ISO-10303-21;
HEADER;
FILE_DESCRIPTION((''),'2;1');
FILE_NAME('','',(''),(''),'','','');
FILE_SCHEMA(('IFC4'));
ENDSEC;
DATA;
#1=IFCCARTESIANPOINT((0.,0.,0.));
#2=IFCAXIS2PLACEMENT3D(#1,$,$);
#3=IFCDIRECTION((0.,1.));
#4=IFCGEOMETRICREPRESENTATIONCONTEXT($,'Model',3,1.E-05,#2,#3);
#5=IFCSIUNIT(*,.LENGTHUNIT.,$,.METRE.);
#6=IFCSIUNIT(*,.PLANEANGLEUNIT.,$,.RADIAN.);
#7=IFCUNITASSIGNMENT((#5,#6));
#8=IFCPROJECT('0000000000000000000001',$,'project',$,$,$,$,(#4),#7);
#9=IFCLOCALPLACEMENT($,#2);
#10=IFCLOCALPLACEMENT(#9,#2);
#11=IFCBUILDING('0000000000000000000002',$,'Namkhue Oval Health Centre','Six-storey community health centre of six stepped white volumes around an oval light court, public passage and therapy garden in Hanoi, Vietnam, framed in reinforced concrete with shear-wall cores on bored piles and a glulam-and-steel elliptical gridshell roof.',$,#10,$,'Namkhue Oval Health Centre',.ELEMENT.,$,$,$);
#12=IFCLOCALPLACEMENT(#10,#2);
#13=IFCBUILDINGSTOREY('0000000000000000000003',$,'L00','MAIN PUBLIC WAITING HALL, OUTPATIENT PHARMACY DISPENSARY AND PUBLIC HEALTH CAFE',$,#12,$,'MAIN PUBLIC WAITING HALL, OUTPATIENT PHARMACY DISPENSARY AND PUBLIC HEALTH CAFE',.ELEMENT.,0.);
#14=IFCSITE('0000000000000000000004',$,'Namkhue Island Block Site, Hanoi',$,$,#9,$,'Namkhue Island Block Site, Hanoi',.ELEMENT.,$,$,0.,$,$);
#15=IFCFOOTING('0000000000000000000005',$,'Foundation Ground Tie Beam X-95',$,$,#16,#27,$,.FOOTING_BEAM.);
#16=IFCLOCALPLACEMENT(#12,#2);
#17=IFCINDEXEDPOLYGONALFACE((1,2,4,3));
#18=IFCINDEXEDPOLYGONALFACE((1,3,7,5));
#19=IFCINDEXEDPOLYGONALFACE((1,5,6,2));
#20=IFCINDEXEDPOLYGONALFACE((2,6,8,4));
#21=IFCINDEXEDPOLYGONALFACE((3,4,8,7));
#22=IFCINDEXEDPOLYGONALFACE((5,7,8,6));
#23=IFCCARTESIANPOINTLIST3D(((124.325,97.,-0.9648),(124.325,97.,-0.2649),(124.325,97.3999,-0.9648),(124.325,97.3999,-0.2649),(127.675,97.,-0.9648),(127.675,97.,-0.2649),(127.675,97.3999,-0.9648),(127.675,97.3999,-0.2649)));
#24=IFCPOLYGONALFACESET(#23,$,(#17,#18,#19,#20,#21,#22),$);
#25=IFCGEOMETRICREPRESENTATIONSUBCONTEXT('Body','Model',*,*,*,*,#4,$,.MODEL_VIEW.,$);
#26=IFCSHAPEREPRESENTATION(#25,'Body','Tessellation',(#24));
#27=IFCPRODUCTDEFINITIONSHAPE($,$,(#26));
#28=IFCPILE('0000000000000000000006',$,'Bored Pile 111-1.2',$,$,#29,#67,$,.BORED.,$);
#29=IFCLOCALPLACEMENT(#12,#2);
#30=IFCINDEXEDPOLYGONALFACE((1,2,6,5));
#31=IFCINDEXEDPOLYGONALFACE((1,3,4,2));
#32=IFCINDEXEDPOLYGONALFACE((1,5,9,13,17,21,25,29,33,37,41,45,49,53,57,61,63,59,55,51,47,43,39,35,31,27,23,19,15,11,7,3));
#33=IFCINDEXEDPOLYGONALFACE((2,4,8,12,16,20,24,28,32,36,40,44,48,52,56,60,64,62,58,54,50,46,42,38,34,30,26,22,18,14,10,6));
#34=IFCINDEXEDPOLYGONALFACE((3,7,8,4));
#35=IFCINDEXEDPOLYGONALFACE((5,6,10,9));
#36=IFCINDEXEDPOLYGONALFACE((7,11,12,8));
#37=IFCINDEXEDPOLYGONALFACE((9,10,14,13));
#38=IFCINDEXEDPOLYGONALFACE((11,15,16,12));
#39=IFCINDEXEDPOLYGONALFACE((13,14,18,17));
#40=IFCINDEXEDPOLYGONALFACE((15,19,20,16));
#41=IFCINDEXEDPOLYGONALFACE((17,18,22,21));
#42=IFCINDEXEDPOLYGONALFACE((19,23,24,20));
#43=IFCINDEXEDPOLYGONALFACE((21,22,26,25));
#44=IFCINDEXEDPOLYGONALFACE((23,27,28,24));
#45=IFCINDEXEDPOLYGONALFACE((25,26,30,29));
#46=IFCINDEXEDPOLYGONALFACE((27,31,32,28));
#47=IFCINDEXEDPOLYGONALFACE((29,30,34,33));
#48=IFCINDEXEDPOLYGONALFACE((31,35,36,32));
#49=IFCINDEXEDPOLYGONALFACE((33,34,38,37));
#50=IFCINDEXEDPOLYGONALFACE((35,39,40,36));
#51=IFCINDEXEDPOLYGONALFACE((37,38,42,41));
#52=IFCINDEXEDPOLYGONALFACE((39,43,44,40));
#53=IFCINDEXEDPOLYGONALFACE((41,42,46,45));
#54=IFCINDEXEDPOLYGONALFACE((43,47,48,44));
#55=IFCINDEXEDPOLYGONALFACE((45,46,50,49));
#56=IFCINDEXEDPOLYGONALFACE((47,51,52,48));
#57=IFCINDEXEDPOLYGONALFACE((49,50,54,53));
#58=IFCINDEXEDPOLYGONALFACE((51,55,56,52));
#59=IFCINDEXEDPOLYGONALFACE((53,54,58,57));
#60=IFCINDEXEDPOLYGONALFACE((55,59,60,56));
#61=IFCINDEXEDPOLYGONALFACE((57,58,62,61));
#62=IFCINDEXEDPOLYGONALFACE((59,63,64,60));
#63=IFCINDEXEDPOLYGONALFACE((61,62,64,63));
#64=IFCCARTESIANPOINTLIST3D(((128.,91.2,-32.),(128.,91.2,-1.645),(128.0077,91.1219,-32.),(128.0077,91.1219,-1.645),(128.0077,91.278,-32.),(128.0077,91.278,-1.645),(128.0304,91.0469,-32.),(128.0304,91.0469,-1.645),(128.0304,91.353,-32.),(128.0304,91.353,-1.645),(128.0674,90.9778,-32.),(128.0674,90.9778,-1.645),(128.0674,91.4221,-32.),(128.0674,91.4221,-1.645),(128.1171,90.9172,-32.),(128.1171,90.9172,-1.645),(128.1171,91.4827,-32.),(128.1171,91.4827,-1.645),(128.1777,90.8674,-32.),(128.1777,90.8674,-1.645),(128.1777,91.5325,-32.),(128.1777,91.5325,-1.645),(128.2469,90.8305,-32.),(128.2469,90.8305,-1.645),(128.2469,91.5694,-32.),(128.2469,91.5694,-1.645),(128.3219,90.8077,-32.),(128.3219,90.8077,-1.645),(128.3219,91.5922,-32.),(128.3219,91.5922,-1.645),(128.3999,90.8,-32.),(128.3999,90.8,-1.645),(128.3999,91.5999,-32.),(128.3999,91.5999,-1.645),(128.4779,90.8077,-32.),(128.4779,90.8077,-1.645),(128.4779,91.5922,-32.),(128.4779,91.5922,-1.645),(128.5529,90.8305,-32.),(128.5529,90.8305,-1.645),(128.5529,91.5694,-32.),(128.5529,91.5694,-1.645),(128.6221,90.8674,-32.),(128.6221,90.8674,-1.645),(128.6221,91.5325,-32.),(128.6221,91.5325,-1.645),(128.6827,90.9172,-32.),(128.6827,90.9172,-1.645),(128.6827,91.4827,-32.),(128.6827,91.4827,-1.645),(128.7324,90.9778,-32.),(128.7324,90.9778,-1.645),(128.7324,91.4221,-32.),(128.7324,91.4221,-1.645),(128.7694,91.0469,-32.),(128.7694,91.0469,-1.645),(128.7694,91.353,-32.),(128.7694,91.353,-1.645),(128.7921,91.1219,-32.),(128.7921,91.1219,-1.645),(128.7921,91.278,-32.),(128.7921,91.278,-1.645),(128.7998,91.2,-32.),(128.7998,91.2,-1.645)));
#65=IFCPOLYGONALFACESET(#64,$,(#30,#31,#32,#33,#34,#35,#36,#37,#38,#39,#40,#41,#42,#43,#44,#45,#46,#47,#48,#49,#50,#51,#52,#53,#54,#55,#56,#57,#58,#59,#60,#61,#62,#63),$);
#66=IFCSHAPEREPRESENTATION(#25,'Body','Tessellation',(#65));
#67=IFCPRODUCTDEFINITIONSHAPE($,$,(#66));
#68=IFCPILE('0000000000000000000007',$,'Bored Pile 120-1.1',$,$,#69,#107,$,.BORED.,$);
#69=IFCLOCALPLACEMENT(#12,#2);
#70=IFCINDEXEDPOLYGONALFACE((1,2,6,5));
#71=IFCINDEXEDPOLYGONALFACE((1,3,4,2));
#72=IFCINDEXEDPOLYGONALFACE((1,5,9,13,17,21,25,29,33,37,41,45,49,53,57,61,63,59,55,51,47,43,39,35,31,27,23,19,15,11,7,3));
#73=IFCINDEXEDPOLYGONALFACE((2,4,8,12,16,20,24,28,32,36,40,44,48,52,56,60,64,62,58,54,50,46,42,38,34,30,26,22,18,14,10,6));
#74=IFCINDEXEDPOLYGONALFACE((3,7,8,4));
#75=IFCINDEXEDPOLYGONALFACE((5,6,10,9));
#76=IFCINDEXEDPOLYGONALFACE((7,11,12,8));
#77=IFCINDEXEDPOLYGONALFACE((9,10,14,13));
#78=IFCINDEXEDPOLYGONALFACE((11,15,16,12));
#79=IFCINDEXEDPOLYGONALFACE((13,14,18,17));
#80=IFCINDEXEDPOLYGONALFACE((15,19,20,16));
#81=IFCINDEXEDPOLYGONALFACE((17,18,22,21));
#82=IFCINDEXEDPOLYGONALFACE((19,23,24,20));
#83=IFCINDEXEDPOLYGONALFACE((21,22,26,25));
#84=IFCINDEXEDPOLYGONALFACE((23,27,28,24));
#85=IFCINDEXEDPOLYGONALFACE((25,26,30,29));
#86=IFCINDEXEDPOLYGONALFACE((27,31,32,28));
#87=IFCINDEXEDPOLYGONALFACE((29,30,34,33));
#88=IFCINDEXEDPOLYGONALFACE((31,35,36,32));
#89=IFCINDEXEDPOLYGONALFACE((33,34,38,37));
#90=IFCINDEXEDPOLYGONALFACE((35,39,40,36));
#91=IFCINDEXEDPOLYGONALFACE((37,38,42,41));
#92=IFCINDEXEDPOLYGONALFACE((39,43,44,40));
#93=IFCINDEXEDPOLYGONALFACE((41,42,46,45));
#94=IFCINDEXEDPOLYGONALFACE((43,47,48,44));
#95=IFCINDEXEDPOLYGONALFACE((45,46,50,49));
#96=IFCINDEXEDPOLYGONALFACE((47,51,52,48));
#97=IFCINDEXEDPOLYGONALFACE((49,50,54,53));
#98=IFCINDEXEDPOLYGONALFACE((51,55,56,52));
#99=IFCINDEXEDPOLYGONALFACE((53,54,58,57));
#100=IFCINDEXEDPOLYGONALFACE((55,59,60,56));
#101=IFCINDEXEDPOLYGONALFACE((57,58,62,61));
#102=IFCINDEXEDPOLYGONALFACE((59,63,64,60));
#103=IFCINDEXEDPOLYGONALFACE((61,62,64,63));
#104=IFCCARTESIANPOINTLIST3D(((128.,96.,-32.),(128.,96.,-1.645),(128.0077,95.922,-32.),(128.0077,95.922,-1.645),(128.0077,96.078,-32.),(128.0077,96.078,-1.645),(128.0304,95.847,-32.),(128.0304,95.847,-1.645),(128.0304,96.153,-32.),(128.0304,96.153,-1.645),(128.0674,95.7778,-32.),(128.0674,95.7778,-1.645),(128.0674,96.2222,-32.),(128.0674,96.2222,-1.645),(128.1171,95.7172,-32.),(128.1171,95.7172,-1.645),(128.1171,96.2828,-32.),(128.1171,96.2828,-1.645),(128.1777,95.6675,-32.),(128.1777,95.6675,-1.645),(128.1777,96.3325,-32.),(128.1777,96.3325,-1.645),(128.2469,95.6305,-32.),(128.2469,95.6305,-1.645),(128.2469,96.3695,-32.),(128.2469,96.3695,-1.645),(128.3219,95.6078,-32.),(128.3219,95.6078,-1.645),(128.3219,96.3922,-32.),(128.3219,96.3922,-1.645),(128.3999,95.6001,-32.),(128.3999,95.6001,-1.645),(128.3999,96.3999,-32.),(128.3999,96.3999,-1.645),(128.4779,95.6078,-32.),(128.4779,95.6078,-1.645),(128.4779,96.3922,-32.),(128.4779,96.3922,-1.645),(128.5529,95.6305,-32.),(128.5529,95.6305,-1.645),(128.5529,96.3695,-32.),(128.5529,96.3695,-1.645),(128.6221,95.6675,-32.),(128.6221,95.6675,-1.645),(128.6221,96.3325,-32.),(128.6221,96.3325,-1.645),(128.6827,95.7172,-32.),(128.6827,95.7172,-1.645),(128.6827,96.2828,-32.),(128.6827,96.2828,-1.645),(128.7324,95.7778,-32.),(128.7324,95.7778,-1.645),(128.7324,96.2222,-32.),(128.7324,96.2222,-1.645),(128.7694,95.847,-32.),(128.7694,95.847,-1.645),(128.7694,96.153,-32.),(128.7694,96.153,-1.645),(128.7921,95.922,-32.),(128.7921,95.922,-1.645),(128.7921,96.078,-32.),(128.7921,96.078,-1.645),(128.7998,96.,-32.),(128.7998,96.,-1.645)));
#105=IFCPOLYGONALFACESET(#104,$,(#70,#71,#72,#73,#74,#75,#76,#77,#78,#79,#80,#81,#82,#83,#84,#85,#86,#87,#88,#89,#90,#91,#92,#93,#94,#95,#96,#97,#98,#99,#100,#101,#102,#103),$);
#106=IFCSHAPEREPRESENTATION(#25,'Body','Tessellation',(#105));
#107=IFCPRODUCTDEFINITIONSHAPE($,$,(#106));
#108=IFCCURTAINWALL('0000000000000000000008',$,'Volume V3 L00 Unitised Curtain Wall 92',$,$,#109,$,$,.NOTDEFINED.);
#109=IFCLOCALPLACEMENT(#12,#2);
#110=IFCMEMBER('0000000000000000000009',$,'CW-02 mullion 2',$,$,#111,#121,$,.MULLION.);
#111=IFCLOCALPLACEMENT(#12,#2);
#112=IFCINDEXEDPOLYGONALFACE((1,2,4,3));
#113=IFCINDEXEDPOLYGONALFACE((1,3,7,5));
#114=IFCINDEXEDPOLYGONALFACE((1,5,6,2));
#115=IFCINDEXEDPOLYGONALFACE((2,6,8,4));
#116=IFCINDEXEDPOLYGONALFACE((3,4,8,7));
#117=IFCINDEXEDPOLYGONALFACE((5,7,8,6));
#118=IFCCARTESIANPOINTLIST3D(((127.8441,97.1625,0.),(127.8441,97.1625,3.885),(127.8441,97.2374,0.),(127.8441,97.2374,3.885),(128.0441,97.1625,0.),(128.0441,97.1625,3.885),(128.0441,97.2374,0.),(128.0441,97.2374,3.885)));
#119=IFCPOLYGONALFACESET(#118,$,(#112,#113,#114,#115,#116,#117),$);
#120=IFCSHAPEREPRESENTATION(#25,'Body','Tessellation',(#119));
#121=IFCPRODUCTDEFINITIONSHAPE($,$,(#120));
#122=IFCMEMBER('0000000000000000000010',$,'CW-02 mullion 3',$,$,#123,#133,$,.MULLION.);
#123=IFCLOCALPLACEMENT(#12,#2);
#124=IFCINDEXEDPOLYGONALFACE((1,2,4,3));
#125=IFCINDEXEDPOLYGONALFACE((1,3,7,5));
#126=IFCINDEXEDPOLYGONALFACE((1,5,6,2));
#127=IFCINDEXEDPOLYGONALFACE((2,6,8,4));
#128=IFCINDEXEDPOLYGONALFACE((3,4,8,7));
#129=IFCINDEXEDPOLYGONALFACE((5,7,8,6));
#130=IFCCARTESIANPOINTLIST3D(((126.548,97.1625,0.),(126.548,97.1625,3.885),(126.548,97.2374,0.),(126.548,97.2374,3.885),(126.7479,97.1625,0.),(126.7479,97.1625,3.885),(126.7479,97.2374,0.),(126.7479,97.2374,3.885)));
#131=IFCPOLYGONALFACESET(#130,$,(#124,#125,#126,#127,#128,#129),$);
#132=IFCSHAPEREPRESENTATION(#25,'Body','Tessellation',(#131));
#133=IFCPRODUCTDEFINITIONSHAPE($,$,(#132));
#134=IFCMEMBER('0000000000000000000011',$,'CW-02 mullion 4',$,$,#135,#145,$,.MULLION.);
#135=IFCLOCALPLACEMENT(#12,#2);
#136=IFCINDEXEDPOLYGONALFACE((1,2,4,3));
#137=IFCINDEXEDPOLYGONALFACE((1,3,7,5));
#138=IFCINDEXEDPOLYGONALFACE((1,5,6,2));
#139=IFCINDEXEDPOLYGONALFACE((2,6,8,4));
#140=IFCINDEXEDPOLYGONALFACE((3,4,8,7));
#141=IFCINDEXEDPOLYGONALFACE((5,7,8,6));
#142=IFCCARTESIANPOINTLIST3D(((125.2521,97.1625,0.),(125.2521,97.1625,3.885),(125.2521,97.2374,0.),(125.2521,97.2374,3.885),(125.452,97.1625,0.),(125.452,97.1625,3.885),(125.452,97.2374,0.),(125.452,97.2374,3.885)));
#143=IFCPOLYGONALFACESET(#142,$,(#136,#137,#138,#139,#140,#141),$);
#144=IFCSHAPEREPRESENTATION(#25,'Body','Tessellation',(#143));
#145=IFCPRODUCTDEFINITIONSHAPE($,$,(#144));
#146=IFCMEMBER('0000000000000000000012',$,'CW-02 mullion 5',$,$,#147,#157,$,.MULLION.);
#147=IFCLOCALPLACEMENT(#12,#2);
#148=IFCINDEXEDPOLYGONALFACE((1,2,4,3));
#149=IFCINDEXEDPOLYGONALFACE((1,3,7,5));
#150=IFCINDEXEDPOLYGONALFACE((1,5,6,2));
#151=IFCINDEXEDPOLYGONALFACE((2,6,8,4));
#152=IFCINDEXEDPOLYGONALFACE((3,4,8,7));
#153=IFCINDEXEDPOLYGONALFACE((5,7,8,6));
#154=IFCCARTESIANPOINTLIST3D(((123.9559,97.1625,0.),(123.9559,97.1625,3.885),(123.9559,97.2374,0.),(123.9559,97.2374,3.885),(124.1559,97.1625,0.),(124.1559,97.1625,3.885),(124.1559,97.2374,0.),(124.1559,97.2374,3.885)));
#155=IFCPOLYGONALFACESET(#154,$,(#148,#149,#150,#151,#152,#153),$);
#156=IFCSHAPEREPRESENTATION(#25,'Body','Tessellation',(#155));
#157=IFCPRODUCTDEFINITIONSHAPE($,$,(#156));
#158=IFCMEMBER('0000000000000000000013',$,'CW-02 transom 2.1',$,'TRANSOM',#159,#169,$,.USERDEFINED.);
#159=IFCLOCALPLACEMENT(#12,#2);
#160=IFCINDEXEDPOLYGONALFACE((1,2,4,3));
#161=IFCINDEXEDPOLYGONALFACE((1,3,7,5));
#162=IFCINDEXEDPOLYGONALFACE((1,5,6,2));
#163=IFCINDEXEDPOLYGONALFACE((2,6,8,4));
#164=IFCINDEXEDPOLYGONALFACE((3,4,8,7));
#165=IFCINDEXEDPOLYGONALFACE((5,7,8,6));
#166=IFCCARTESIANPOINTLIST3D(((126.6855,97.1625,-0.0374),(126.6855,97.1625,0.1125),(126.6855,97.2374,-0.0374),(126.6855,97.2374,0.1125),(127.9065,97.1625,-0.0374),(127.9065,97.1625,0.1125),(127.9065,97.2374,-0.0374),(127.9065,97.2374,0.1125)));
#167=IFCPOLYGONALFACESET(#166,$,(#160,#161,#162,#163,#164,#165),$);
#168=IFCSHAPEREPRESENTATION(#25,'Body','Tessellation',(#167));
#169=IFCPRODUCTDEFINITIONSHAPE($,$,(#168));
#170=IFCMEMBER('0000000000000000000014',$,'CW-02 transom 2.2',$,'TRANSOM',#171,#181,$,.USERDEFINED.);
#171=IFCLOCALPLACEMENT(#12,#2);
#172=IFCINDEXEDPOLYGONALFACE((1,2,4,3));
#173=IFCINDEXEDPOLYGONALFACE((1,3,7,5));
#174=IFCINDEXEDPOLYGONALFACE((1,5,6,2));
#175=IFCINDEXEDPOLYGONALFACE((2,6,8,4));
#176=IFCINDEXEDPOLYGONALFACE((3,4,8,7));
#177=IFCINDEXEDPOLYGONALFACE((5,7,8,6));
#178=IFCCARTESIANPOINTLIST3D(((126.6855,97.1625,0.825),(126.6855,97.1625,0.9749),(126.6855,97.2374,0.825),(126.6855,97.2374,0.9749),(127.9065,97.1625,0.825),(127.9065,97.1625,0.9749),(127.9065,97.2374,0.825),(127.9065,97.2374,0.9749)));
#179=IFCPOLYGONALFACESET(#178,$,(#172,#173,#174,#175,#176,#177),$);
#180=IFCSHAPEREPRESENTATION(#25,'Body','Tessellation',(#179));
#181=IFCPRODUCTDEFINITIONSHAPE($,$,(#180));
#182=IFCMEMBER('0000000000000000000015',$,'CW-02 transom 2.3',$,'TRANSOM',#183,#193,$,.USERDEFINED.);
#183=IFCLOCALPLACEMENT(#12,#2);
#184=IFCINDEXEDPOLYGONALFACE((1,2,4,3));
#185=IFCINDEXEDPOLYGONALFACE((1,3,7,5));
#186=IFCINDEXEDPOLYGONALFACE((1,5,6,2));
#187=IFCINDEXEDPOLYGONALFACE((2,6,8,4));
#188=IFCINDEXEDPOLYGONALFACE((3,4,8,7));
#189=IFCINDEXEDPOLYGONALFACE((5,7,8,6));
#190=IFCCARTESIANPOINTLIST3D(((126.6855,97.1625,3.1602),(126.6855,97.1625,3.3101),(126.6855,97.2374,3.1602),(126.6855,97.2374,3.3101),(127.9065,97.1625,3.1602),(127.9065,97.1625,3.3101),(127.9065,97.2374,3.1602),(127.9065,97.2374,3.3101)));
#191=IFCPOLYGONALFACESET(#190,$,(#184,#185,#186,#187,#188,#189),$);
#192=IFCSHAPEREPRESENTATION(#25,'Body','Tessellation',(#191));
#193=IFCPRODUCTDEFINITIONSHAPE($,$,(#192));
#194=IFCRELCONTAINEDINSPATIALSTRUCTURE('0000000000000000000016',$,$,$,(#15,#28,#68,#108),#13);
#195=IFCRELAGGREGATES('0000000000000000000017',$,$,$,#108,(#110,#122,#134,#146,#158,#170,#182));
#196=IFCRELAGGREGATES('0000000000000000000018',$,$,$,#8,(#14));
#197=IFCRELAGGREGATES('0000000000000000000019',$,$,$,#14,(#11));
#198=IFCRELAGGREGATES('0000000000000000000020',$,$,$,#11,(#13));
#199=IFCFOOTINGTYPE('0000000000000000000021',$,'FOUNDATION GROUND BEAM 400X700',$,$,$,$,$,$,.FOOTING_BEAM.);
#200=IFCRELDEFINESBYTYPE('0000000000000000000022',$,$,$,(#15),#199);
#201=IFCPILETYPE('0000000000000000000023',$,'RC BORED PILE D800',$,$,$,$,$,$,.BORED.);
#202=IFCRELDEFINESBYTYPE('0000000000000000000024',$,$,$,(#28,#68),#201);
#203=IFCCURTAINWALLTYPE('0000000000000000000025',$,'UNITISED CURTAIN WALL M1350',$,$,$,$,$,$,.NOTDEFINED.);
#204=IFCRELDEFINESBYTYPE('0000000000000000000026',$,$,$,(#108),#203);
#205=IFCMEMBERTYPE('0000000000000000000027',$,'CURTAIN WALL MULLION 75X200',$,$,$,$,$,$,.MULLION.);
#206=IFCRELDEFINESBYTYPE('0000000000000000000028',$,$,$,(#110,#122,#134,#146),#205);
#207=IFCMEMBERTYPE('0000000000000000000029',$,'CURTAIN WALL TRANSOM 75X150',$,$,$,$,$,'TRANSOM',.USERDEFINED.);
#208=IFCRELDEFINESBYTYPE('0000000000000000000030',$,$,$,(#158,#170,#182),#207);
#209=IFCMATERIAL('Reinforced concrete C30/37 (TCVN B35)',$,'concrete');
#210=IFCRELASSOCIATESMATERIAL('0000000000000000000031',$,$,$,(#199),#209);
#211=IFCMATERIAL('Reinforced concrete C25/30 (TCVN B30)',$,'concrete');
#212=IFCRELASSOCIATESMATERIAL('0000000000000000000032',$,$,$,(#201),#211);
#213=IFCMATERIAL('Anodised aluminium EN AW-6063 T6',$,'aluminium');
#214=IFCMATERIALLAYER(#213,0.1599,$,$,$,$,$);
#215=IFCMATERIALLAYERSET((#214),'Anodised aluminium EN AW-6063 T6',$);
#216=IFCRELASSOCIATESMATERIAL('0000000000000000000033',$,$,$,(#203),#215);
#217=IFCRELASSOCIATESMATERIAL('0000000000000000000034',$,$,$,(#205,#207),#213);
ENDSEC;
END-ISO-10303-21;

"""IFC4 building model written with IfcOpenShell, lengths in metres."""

from ifc_helpers import new_model, si_unit, direction, frame, origin, origin_2d, place, context, subcontext, project, spatial, rectangle, circle, extrude, material, layer, layer_set, material_profile, profile_set, type_object, element, aggregate, save


model = new_model("IFC4")

# Units and contexts
model_context = context("Model", 3, precision=1e-05, world=origin(), true_north=direction((0.0, 1.0)))
body_context = subcontext(model_context, "Body", "Model", "MODEL_VIEW")
ifc_project = project(units=[si_unit("LENGTHUNIT", "METRE"), si_unit("PLANEANGLEUNIT", "RADIAN")], contexts=[model_context])

# Site, building, storey
site_placement = place(None, origin())
site = spatial("IfcSite", under=ifc_project, at=site_placement, Name="Namkhue Island Block Site, Hanoi", LongName="Namkhue Island Block Site, Hanoi", CompositionType="ELEMENT", RefElevation=0.0)
building_placement = place(site_placement, origin())
building = spatial("IfcBuilding", under=site, at=building_placement, Name="Namkhue Oval Health Centre", Description="Six-storey community health centre of six stepped white volumes around an oval light court, public passage and therapy garden in Hanoi, Vietnam, framed in reinforced concrete with shear-wall cores on bored piles and a glulam-and-steel elliptical gridshell roof.", LongName="Namkhue Oval Health Centre", CompositionType="ELEMENT")
storey_placement = place(building_placement, origin())
storey = spatial("IfcBuildingStorey", under=building, at=storey_placement, Name="L00", Description="MAIN PUBLIC WAITING HALL, OUTPATIENT PHARMACY DISPENSARY AND PUBLIC HEALTH CAFE", LongName="MAIN PUBLIC WAITING HALL, OUTPATIENT PHARMACY DISPENSARY AND PUBLIC HEALTH CAFE", CompositionType="ELEMENT", Elevation=0.0)

# Footing
ifc_material_1 = material(Name="Reinforced concrete C30/37 (TCVN B35)", Category="concrete")
footing_type = type_object("IfcFootingType", Name="FOUNDATION GROUND BEAM 400X700", PredefinedType="FOOTING_BEAM", material=ifc_material_1)
footing_placement = place(storey_placement, frame((126.0, 97.2, -0.9648), z_axis=(0.0, 0.0, 1.0), x_axis=(1.0, 0.0, 0.0)))
element("IfcFooting", 1, at=footing_placement, inside=storey, type_object=footing_type, Name="Foundation Ground Tie Beam X-95", PredefinedType="FOOTING_BEAM", context=body_context, shape_type="SweptSolid", body=[
    extrude(rectangle(XDim=3.3501, YDim=0.3999, at=origin_2d()), origin(), (0.0, 0.0, 1.0), 0.7),
])

# Piles
ifc_material_2 = material(Name="Reinforced concrete C25/30 (TCVN B30)", Category="concrete")
ifc_material_profile_1 = material_profile(ifc_material_2, circle(Radius=0.3999, at=origin_2d()), Name="BORED PILE D800")
ifc_profile_set_1 = profile_set([ifc_material_profile_1], Name="Reinforced concrete C25/30 (TCVN B30)")
pile_type = type_object("IfcPileType", Name="RC BORED PILE D800", PredefinedType="BORED", material=ifc_profile_set_1)
for number, where, z_axis, x_axis, name in (
    (2, (128.3999, 91.2, -1.645), (0.0, 0.0, -1.0), (1.0, 0.0, 0.0), "Bored Pile 111-1.2"),
    (3, (128.3999, 96.0, -1.645), (0.0, 0.0, -1.0), (1.0, 0.0, 0.0), "Bored Pile 120-1.1"),
):
    element("IfcPile", number, at=place(storey_placement, frame(where, z_axis=z_axis, x_axis=x_axis)), inside=storey, type_object=pile_type, Name=name, PredefinedType="BORED", context=body_context, shape_type="SweptSolid", body=[
        extrude(circle(Radius=0.3999, at=origin_2d()), origin(), (0.0, 0.0, 1.0), 30.355),
    ])

# Curtain wall, members
ifc_material_3 = material(Name="Anodised aluminium EN AW-6063 T6", Category="aluminium")
ifc_layer_1 = layer(ifc_material_3, 0.1599)
ifc_layer_set_1 = layer_set([ifc_layer_1], Name="Anodised aluminium EN AW-6063 T6")
curtain_wall_type = type_object("IfcCurtainWallType", Name="UNITISED CURTAIN WALL M1350", PredefinedType="NOTDEFINED", material=ifc_layer_set_1)
curtain_wall_placement = place(storey_placement, origin())
curtain_wall = element("IfcCurtainWall", 4, at=curtain_wall_placement, inside=storey, type_object=curtain_wall_type, Name="Volume V3 L00 Unitised Curtain Wall 92", PredefinedType="NOTDEFINED")
ifc_material_profile_2 = material_profile(ifc_material_3, rectangle(XDim=0.075, YDim=0.2, at=origin_2d()), Name="ALU 75x200")
ifc_profile_set_2 = profile_set([ifc_material_profile_2], Name="Anodised aluminium EN AW-6063 T6")
member_type_1 = type_object("IfcMemberType", Name="CURTAIN WALL MULLION 75X200", PredefinedType="MULLION", material=ifc_profile_set_2)
member_1_placement = place(storey_placement, frame((127.9441, 97.2, 0.0), z_axis=(0.0, 0.0, 1.0), x_axis=(0.0, -1.0, 0.0)))
member_1 = element("IfcMember", 5, at=member_1_placement, type_object=member_type_1, Name="CW-02 mullion 2", PredefinedType="MULLION", context=body_context, shape_type="SweptSolid", body=[
    extrude(rectangle(XDim=0.075, YDim=0.2, at=origin_2d()), origin(), (0.0, 0.0, 1.0), 3.885),
])
member_2_placement = place(storey_placement, frame((126.6479, 97.2, 0.0), z_axis=(0.0, 0.0, 1.0), x_axis=(0.0, -1.0, 0.0)))
member_2 = element("IfcMember", 6, at=member_2_placement, type_object=member_type_1, Name="CW-02 mullion 3", PredefinedType="MULLION", context=body_context, shape_type="SweptSolid", body=[
    extrude(rectangle(XDim=0.075, YDim=0.2, at=origin_2d()), origin(), (0.0, 0.0, 1.0), 3.885),
])
member_3_placement = place(storey_placement, frame((125.3521, 97.2, 0.0), z_axis=(0.0, 0.0, 1.0), x_axis=(0.0, -1.0, 0.0)))
member_3 = element("IfcMember", 7, at=member_3_placement, type_object=member_type_1, Name="CW-02 mullion 4", PredefinedType="MULLION", context=body_context, shape_type="SweptSolid", body=[
    extrude(rectangle(XDim=0.075, YDim=0.2, at=origin_2d()), origin(), (0.0, 0.0, 1.0), 3.885),
])
member_4_placement = place(storey_placement, frame((124.0559, 97.2, 0.0), z_axis=(0.0, 0.0, 1.0), x_axis=(0.0, -1.0, 0.0)))
member_4 = element("IfcMember", 8, at=member_4_placement, type_object=member_type_1, Name="CW-02 mullion 5", PredefinedType="MULLION", context=body_context, shape_type="SweptSolid", body=[
    extrude(rectangle(XDim=0.075, YDim=0.2, at=origin_2d()), origin(), (0.0, 0.0, 1.0), 3.885),
])
ifc_material_profile_3 = material_profile(ifc_material_3, rectangle(XDim=0.075, YDim=0.1499, at=origin_2d()), Name="ALU 75x150")
ifc_profile_set_3 = profile_set([ifc_material_profile_3], Name="Anodised aluminium EN AW-6063 T6")
member_type_2 = type_object("IfcMemberType", Name="CURTAIN WALL TRANSOM 75X150", ElementType="TRANSOM", PredefinedType="USERDEFINED", material=ifc_profile_set_3)
member_5_placement = place(storey_placement, frame((127.9065, 97.2, 0.0376), z_axis=(-1.0, 0.0, 0.0), x_axis=(0.0, -1.0, 0.0)))
member_5 = element("IfcMember", 9, at=member_5_placement, type_object=member_type_2, Name="CW-02 transom 2.1", ObjectType="TRANSOM", PredefinedType="USERDEFINED", context=body_context, shape_type="SweptSolid", body=[
    extrude(rectangle(XDim=0.075, YDim=0.1499, at=origin_2d()), origin(), (0.0, 0.0, 1.0), 1.2209),
])
member_6_placement = place(storey_placement, frame((127.9065, 97.2, 0.8999), z_axis=(-1.0, 0.0, 0.0), x_axis=(0.0, -1.0, 0.0)))
member_6 = element("IfcMember", 10, at=member_6_placement, type_object=member_type_2, Name="CW-02 transom 2.2", ObjectType="TRANSOM", PredefinedType="USERDEFINED", context=body_context, shape_type="SweptSolid", body=[
    extrude(rectangle(XDim=0.075, YDim=0.1499, at=origin_2d()), origin(), (0.0, 0.0, 1.0), 1.2209),
])
member_7_placement = place(storey_placement, frame((127.9065, 97.2, 3.2351), z_axis=(-1.0, 0.0, 0.0), x_axis=(0.0, -1.0, 0.0)))
member_7 = element("IfcMember", 11, at=member_7_placement, type_object=member_type_2, Name="CW-02 transom 2.3", ObjectType="TRANSOM", PredefinedType="USERDEFINED", context=body_context, shape_type="SweptSolid", body=[
    extrude(rectangle(XDim=0.075, YDim=0.1499, at=origin_2d()), origin(), (0.0, 0.0, 1.0), 1.2209),
])
aggregate(curtain_wall, [member_1, member_2, member_3, member_4, member_5, member_6, member_7])

save(model, "model.ifc")
